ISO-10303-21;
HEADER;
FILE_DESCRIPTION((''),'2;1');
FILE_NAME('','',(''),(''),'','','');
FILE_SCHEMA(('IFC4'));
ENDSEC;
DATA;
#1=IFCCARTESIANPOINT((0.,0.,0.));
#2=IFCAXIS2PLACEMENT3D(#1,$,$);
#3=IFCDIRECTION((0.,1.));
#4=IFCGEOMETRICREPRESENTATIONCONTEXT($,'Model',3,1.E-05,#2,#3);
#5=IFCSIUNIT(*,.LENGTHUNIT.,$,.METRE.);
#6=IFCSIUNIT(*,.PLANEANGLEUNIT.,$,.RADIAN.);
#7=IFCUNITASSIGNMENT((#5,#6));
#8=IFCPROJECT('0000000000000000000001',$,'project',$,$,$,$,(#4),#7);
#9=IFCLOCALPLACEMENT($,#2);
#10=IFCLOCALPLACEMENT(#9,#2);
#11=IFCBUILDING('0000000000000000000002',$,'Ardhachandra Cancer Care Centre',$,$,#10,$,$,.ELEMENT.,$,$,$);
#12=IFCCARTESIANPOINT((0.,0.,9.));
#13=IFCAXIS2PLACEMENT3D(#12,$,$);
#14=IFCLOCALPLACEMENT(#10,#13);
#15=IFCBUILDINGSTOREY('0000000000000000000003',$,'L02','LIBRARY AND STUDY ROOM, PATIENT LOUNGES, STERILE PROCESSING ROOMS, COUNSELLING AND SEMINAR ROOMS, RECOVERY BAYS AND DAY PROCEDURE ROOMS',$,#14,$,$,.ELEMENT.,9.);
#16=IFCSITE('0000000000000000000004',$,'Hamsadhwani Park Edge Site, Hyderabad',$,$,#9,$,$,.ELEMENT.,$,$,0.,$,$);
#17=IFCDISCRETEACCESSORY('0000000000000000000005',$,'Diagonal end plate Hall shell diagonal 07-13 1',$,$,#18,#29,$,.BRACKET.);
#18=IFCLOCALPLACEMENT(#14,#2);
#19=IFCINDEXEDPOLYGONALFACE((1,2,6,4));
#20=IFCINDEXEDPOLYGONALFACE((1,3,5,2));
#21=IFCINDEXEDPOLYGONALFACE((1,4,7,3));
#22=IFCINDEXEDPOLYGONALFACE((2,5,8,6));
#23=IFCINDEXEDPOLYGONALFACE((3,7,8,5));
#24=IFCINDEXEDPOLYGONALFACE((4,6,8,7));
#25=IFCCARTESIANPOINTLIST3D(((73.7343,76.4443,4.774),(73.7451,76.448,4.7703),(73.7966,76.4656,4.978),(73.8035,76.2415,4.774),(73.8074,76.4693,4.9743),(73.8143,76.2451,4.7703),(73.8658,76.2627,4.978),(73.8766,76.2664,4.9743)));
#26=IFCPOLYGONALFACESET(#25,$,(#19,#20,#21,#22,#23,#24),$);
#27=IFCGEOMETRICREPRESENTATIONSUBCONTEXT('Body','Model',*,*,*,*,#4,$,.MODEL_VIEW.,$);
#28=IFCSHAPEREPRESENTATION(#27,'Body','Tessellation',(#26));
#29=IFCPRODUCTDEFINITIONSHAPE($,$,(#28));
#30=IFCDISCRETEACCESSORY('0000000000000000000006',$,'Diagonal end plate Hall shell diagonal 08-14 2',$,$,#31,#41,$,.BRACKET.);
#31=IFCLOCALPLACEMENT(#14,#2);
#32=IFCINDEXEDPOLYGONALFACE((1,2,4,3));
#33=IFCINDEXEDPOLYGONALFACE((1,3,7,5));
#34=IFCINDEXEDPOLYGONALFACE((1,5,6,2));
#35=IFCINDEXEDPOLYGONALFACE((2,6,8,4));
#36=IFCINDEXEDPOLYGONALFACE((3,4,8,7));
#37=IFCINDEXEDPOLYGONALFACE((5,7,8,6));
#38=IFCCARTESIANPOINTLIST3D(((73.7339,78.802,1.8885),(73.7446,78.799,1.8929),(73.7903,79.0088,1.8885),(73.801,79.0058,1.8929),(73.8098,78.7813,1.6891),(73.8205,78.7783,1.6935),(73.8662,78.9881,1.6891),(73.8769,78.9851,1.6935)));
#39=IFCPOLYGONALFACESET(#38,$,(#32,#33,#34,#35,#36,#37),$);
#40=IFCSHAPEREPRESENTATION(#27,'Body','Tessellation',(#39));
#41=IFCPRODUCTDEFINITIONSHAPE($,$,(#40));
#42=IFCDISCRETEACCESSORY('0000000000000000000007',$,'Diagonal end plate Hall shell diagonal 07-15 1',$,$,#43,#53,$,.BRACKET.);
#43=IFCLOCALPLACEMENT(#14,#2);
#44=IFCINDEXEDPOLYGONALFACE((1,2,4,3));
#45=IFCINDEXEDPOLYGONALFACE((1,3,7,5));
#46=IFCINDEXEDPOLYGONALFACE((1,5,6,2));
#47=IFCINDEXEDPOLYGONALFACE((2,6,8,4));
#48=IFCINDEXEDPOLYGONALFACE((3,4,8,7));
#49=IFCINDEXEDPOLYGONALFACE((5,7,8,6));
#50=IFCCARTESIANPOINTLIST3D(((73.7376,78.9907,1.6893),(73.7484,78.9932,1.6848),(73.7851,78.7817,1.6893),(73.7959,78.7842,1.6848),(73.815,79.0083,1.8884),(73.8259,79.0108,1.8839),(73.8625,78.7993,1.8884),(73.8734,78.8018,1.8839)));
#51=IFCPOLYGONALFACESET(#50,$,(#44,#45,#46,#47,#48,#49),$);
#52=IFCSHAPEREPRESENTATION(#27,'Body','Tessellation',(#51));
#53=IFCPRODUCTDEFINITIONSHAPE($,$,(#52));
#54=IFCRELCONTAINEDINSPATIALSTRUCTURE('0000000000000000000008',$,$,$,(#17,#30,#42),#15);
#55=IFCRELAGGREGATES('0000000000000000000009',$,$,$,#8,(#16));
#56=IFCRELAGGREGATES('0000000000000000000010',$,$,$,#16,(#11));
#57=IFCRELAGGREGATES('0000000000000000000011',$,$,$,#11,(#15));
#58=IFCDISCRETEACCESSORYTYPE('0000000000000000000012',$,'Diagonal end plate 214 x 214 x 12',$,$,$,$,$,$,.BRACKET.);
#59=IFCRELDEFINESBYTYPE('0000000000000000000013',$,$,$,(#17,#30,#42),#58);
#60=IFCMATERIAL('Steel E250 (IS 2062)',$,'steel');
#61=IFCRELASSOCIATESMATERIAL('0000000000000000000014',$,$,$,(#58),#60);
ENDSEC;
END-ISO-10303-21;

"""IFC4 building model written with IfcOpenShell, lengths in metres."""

from ifc_helpers import new_model, si_unit, direction, frame, origin, origin_2d, place, context, subcontext, project, spatial, rectangle, extrude, material, material_profile, profile_set, type_object, element, save


model = new_model("IFC4")

# Units and contexts
model_context = context("Model", 3, precision=1e-05, world=origin(), true_north=direction((0.0, 1.0)))
body_context = subcontext(model_context, "Body", "Model", "MODEL_VIEW")
ifc_project = project(units=[si_unit("LENGTHUNIT", "METRE"), si_unit("PLANEANGLEUNIT", "RADIAN")], contexts=[model_context])

# Site, building, storey
site_placement = place(None, origin())
site = spatial("IfcSite", under=ifc_project, at=site_placement, Name="Hamsadhwani Park Edge Site, Hyderabad", CompositionType="ELEMENT", RefElevation=0.0)
building_placement = place(site_placement, origin())
building = spatial("IfcBuilding", under=site, at=building_placement, Name="Ardhachandra Cancer Care Centre", CompositionType="ELEMENT")
storey_placement = place(building_placement, frame((0.0, 0.0, 9.0)))
storey = spatial("IfcBuildingStorey", under=building, at=storey_placement, Name="L02", Description="LIBRARY AND STUDY ROOM, PATIENT LOUNGES, STERILE PROCESSING ROOMS, COUNSELLING AND SEMINAR ROOMS, RECOVERY BAYS AND DAY PROCEDURE ROOMS", CompositionType="ELEMENT", Elevation=9.0)

# Discrete accessories
ifc_material_1 = material(Name="Steel E250 (IS 2062)", Category="steel")
ifc_material_profile_1 = material_profile(ifc_material_1, rectangle(XDim=0.2144, YDim=0.2144, at=origin_2d()), Name="PL 214x214x12")
ifc_profile_set_1 = profile_set([ifc_material_profile_1], Name="Steel E250 (IS 2062)")
discrete_accessory_type = type_object("IfcDiscreteAccessoryType", Name="Diagonal end plate 214 x 214 x 12", PredefinedType="BRACKET", material=ifc_profile_set_1)
for number, where, z_axis, x_axis, name in (
    (1, (73.8, 76.3535, 4.876), (0.900777, 0.307083, -0.307083), (-0.322674, 0.94651, 0.0), "Diagonal end plate Hall shell diagonal 07-13 1"),
    (2, (73.8, 78.895, 1.7888), (0.897399, -0.244745, 0.367118), (0.263117, 0.964764, 0.0), "Diagonal end plate Hall shell diagonal 08-14 2"),
    (3, (73.8, 78.895, 1.7888), (0.905726, 0.205847, -0.370524), (-0.221621, 0.975133, 0.0), "Diagonal end plate Hall shell diagonal 07-15 1"),
):
    element("IfcDiscreteAccessory", number, at=place(storey_placement, frame(where, z_axis=z_axis, x_axis=x_axis)), inside=storey, type_object=discrete_accessory_type, Name=name, PredefinedType="BRACKET", context=body_context, shape_type="SweptSolid", body=[
        extrude(rectangle(XDim=0.2144, YDim=0.2144, at=origin_2d()), origin(), (0.0, 0.0, 1.0), 0.012),
    ])

save(model, "model.ifc")
